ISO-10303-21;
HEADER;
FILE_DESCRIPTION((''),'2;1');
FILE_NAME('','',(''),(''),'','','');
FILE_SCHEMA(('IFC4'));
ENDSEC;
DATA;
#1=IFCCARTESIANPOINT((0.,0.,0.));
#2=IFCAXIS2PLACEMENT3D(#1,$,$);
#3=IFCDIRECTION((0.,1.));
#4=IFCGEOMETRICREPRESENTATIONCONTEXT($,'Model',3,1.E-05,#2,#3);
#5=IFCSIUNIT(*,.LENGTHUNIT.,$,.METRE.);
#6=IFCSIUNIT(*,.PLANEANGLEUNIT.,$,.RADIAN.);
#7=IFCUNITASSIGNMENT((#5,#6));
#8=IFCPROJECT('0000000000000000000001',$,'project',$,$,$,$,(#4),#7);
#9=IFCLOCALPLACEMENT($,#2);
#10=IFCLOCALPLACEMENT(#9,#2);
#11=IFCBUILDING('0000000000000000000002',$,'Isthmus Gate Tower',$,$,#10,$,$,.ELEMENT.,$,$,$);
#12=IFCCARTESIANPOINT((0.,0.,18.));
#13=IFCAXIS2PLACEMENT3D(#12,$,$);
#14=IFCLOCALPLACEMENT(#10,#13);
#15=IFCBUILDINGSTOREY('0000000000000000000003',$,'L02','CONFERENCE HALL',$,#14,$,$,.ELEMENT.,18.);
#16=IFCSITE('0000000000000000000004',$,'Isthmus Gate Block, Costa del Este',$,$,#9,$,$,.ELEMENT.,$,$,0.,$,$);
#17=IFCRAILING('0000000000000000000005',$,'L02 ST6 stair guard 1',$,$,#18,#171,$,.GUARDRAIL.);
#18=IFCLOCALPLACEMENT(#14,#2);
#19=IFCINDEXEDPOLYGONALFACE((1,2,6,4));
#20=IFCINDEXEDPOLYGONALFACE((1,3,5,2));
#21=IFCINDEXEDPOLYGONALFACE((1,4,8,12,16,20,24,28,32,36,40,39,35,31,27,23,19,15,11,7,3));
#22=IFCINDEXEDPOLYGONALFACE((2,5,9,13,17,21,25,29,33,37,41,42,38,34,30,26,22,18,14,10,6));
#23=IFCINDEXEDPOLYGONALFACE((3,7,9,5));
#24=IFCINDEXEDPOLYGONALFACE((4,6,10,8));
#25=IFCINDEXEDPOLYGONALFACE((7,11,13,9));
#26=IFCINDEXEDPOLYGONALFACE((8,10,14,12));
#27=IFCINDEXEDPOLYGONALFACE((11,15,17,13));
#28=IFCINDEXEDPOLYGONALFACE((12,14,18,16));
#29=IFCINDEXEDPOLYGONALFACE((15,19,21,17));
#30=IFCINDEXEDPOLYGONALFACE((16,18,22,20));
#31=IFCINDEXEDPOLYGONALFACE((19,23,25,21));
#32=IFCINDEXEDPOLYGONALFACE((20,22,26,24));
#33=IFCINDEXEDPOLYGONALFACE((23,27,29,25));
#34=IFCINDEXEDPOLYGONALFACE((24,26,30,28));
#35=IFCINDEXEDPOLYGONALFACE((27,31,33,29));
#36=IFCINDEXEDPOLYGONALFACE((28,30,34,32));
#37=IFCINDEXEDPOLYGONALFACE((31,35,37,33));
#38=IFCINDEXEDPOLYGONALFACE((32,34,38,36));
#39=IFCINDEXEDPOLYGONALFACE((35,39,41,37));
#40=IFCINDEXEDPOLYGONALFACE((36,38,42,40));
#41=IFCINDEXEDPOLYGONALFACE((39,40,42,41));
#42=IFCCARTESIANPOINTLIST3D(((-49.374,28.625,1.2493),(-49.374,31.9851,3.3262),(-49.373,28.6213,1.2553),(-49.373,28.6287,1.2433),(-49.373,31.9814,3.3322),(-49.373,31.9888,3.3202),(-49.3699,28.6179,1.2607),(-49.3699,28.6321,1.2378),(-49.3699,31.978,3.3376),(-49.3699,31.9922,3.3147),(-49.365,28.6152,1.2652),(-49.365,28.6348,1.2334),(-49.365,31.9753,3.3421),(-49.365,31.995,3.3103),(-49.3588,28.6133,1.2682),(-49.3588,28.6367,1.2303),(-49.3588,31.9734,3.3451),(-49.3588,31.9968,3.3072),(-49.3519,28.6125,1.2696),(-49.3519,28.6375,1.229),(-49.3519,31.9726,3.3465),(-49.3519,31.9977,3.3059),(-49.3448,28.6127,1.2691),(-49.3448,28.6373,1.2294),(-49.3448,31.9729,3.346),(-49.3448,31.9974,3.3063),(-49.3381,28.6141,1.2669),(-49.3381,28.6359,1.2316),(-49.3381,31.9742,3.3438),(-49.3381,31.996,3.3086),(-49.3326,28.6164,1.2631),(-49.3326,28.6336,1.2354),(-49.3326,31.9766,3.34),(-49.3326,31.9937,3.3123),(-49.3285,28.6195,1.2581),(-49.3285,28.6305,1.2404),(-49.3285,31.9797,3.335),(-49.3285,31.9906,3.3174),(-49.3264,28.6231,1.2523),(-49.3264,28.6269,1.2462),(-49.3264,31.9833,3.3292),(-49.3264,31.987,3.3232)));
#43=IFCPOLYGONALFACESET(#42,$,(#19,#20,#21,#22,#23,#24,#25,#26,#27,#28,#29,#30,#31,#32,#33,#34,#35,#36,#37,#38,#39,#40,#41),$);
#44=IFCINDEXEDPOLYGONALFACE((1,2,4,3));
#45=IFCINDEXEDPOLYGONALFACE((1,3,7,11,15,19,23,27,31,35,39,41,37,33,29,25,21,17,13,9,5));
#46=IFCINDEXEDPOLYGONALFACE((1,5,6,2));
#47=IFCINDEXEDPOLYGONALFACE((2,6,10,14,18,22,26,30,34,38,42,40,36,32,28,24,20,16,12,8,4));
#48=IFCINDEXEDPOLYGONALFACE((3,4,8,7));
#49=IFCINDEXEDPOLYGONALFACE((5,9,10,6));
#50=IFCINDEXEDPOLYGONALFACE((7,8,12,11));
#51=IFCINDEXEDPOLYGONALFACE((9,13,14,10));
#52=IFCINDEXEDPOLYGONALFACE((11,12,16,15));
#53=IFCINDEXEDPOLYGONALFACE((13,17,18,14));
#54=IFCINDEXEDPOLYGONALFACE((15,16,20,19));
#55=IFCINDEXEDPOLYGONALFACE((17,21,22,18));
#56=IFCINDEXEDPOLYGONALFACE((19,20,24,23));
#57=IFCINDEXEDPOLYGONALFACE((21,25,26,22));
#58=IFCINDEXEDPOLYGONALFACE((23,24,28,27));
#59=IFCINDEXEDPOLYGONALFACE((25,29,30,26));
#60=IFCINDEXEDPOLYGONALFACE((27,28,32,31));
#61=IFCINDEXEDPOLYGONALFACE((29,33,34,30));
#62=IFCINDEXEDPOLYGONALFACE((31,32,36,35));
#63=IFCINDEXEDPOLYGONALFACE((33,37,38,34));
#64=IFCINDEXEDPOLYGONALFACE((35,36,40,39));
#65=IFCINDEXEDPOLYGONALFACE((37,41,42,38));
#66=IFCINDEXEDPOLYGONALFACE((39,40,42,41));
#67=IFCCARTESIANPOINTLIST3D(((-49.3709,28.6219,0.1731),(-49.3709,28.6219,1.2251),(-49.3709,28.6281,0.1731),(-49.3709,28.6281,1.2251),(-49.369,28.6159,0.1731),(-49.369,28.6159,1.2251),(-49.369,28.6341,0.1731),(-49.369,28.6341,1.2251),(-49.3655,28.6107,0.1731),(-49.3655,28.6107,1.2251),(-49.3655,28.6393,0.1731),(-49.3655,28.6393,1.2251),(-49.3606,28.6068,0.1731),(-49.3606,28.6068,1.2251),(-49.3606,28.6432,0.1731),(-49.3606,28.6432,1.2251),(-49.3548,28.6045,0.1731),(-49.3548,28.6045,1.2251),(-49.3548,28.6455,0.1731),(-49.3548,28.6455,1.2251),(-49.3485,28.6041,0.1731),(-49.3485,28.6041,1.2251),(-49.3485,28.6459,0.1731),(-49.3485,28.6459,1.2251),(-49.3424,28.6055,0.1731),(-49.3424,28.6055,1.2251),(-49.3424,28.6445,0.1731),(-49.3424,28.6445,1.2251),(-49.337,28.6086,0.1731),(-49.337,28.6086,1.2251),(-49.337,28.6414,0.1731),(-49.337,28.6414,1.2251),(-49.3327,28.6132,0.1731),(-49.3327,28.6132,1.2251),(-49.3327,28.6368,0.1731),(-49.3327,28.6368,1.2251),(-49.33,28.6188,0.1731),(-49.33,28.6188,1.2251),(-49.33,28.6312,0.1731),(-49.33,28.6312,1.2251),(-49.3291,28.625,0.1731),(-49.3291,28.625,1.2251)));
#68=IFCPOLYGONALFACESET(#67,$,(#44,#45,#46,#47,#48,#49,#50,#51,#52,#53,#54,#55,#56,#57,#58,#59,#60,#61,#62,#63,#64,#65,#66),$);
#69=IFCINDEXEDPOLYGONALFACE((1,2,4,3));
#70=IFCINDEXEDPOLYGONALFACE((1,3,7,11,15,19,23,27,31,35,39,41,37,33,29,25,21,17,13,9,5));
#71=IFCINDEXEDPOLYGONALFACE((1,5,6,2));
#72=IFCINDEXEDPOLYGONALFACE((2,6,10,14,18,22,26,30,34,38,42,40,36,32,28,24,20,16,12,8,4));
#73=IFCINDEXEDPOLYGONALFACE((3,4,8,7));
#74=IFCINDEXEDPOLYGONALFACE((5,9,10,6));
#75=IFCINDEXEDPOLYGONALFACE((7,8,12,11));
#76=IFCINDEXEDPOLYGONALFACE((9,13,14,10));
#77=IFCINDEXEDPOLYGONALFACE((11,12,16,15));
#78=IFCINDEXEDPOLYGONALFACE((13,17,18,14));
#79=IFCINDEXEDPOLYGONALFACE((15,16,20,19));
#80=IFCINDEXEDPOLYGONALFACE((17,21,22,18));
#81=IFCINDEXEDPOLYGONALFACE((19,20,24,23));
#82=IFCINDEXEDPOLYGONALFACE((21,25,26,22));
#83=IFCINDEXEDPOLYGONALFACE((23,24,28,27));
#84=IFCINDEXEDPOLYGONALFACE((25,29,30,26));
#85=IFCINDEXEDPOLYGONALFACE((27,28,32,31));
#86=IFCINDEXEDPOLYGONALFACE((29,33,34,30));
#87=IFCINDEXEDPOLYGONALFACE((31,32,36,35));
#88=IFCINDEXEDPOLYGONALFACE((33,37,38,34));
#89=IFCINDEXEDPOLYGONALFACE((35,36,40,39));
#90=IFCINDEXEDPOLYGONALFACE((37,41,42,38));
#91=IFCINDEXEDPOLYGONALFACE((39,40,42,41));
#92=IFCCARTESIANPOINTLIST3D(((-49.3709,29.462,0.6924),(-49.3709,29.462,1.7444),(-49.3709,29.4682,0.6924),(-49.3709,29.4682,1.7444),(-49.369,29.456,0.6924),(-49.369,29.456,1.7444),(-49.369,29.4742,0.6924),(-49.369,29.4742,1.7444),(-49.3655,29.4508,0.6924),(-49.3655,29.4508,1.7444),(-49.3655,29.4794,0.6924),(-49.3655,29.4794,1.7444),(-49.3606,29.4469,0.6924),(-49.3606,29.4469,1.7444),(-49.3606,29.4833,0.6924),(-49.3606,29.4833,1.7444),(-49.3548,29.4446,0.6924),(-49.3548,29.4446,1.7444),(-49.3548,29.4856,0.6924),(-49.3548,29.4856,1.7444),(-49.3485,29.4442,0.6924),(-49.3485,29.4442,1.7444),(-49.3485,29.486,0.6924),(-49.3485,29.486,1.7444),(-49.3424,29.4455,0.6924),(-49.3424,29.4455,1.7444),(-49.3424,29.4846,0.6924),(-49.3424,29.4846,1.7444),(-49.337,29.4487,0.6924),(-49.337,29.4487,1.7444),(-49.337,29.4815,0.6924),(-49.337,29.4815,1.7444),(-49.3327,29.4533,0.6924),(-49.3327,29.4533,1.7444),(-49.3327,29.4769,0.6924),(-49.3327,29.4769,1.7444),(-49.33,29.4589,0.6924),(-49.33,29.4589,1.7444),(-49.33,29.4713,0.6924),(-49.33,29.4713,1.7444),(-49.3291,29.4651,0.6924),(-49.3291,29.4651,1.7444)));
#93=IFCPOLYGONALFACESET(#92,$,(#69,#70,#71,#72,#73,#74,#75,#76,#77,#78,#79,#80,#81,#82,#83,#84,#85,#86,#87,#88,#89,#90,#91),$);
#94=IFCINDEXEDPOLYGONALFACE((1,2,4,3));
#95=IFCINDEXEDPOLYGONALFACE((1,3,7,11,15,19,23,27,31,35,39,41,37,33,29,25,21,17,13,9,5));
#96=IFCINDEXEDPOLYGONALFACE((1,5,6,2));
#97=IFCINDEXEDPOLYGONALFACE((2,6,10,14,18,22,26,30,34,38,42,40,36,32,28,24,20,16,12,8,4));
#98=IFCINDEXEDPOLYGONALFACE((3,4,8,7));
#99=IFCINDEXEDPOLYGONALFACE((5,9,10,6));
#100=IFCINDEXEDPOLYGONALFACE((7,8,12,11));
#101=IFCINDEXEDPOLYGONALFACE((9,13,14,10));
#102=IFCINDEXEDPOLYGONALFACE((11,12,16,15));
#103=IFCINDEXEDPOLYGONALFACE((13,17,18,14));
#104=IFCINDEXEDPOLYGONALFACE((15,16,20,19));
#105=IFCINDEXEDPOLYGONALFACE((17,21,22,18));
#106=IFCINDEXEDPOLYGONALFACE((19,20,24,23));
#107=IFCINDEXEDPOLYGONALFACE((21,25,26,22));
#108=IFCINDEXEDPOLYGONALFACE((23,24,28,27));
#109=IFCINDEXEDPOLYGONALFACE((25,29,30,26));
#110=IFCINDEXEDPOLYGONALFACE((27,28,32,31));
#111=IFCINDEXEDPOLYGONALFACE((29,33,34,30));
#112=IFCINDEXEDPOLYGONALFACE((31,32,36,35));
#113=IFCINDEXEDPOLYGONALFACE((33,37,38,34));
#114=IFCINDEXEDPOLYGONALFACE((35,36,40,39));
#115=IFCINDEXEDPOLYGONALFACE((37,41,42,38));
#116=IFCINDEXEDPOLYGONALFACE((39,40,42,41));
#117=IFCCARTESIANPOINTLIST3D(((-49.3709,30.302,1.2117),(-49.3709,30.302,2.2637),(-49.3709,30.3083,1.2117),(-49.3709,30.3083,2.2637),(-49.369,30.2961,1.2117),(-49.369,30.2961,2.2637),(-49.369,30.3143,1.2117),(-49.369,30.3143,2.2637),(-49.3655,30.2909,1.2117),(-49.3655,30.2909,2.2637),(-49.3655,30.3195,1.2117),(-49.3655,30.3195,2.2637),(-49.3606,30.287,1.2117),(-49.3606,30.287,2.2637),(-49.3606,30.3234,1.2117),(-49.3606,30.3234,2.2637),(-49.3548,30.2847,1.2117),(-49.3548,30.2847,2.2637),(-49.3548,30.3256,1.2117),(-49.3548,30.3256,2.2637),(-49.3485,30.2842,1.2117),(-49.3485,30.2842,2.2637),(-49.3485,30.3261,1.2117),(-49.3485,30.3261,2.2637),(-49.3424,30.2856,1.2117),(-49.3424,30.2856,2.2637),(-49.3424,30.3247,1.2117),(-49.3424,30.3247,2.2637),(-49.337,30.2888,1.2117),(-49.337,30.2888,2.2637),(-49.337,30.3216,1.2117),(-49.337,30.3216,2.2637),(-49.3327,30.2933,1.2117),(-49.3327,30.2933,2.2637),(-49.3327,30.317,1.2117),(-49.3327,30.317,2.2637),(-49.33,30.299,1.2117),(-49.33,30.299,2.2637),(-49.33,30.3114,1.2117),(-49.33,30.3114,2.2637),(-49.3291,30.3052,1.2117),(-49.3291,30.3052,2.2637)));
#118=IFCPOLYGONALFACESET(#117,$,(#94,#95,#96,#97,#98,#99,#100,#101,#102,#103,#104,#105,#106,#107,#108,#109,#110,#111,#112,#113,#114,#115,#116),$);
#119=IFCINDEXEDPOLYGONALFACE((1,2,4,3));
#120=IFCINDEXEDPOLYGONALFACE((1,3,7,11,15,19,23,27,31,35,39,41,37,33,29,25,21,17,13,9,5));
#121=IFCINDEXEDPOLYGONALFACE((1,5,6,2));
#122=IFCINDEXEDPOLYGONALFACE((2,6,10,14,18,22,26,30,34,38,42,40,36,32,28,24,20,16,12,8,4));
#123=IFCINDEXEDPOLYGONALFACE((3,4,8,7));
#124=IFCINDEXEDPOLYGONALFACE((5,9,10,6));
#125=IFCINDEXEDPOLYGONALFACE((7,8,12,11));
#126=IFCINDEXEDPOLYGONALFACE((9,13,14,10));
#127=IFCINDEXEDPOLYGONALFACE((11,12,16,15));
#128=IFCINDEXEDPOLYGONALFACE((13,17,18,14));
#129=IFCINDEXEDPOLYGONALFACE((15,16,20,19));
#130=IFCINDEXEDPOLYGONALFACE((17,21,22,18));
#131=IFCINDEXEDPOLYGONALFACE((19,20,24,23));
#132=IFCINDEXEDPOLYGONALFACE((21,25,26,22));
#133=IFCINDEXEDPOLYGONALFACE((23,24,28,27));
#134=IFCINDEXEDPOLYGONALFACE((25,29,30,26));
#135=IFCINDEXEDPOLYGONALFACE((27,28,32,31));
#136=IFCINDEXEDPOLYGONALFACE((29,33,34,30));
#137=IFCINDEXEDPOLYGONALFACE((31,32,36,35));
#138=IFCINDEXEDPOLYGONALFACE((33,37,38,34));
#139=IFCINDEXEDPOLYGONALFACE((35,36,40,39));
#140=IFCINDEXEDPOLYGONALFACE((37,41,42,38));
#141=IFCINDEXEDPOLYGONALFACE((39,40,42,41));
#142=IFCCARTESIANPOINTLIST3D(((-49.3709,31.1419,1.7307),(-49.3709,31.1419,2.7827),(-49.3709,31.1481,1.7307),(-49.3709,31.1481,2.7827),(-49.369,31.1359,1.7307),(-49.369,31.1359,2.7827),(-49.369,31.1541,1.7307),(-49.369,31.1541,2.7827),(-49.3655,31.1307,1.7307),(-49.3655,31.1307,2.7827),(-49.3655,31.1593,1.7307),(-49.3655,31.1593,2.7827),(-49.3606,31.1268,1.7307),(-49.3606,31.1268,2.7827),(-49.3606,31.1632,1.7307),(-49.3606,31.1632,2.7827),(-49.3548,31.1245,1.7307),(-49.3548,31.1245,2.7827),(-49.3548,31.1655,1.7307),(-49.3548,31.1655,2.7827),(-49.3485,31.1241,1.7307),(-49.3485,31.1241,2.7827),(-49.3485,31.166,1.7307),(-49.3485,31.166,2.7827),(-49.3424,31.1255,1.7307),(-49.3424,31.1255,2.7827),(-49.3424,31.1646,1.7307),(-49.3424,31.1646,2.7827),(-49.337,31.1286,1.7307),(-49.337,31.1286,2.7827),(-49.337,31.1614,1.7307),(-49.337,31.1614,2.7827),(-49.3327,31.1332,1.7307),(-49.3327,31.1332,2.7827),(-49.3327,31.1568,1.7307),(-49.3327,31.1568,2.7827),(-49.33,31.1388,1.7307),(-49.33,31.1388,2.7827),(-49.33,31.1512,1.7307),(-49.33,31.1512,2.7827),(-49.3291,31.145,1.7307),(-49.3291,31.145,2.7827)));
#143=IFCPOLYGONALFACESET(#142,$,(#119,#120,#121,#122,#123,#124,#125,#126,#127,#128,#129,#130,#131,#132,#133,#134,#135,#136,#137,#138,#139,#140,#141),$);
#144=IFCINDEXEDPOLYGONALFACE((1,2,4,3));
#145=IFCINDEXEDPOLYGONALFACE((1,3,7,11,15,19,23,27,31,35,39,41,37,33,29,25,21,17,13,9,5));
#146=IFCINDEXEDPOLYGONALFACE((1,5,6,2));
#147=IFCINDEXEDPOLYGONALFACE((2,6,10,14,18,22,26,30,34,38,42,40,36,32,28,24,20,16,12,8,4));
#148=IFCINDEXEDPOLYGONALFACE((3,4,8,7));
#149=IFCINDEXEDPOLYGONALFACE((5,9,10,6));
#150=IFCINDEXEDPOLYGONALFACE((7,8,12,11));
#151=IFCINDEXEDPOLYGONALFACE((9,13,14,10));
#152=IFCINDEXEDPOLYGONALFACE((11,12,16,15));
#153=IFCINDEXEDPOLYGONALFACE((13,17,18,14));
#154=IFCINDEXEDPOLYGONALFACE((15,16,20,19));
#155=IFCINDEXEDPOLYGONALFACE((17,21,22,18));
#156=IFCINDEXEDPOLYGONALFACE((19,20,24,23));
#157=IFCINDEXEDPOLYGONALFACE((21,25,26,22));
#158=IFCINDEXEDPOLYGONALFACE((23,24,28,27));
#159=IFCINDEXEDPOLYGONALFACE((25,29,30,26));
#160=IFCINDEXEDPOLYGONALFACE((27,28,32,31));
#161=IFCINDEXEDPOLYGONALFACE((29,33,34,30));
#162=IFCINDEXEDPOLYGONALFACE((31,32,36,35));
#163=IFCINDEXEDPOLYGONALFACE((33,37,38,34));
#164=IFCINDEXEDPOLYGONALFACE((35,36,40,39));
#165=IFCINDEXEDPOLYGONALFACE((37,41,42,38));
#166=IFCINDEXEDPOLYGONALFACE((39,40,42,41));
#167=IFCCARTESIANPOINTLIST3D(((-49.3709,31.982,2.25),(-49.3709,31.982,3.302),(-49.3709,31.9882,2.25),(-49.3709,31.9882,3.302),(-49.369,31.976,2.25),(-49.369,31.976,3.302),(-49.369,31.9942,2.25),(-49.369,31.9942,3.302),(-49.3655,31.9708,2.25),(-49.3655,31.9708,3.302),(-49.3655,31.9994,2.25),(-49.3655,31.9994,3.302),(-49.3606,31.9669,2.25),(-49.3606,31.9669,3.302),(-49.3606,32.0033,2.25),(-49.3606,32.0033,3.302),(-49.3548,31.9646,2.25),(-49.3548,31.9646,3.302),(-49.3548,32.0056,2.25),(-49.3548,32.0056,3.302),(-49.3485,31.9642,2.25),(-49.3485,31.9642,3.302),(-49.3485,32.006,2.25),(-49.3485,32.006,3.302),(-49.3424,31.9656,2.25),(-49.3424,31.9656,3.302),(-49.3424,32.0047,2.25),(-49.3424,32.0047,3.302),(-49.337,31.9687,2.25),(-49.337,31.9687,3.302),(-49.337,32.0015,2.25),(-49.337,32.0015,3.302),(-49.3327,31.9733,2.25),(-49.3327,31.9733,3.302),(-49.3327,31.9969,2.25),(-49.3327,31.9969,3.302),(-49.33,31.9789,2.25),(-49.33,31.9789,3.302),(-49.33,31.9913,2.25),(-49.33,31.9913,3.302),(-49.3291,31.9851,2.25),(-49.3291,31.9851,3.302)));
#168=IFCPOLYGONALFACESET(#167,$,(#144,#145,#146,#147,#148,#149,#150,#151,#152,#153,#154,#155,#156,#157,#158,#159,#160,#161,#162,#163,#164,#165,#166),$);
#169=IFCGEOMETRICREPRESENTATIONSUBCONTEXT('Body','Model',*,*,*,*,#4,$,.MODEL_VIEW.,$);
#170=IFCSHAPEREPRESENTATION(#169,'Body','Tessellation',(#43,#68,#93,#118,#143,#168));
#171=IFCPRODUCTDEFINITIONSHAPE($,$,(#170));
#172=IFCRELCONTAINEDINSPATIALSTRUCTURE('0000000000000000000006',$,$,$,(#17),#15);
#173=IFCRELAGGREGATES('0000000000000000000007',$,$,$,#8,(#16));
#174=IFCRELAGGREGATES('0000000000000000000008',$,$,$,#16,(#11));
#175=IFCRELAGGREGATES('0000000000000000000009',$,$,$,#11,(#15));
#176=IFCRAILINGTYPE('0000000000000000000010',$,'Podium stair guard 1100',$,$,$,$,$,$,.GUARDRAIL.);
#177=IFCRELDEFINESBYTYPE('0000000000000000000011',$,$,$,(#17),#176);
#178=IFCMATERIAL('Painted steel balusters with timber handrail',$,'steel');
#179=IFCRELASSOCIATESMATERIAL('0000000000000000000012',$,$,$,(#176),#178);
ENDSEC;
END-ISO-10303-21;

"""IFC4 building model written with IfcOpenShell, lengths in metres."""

from ifc_helpers import new_model, si_unit, direction, frame, origin, origin_2d, place, context, subcontext, project, spatial, circle, extrude, material, type_object, element, save


model = new_model("IFC4")

# Units and contexts
model_context = context("Model", 3, precision=1e-05, world=origin(), true_north=direction((0.0, 1.0)))
body_context = subcontext(model_context, "Body", "Model", "MODEL_VIEW")
ifc_project = project(units=[si_unit("LENGTHUNIT", "METRE"), si_unit("PLANEANGLEUNIT", "RADIAN")], contexts=[model_context])

# Site, building, storey
site_placement = place(None, origin())
site = spatial("IfcSite", under=ifc_project, at=site_placement, Name="Isthmus Gate Block, Costa del Este", CompositionType="ELEMENT", RefElevation=0.0)
building_placement = place(site_placement, origin())
building = spatial("IfcBuilding", under=site, at=building_placement, Name="Isthmus Gate Tower", CompositionType="ELEMENT")
storey_placement = place(building_placement, frame((0.0, 0.0, 18.0)))
storey = spatial("IfcBuildingStorey", under=building, at=storey_placement, Name="L02", Description="CONFERENCE HALL", CompositionType="ELEMENT", Elevation=18.0)

# Railing
ifc_material_1 = material(Name="Painted steel balusters with timber handrail", Category="steel")
railing_type = type_object("IfcRailingType", Name="Podium stair guard 1100", PredefinedType="GUARDRAIL", material=ifc_material_1)
railing_1_placement = place(storey_placement, frame((-49.3501, 28.625, 0.1731)))
element("IfcRailing", 1, at=railing_1_placement, inside=storey, type_object=railing_type, Name="L02 ST6 stair guard 1", PredefinedType="GUARDRAIL", context=body_context, shape_type="SweptSolid", body=[
    extrude(circle(Radius=0.0239, at=origin_2d()), frame((0.0, 0.0, 1.0762), z_axis=(0.0, 0.850623, 0.525776), x_axis=(-1.0, 0.0, 0.0)), (0.0, 0.0, 1.0), 3.9502),
    extrude(circle(Radius=0.021, at=origin_2d()), origin(), (0.0, 0.0, 1.0), 1.052),
    extrude(circle(Radius=0.021, at=origin_2d()), frame((0.0, 0.8401, 0.5193)), (0.0, 0.0, 1.0), 1.052),
    extrude(circle(Radius=0.021, at=origin_2d()), frame((0.0, 1.6802, 1.0386)), (0.0, 0.0, 1.0), 1.052),
    extrude(circle(Radius=0.021, at=origin_2d()), frame((0.0, 2.52, 1.5576)), (0.0, 0.0, 1.0), 1.052),
    extrude(circle(Radius=0.021, at=origin_2d()), frame((0.0, 3.3601, 2.0769)), (0.0, 0.0, 1.0), 1.052),
])

save(model, "model.ifc")
